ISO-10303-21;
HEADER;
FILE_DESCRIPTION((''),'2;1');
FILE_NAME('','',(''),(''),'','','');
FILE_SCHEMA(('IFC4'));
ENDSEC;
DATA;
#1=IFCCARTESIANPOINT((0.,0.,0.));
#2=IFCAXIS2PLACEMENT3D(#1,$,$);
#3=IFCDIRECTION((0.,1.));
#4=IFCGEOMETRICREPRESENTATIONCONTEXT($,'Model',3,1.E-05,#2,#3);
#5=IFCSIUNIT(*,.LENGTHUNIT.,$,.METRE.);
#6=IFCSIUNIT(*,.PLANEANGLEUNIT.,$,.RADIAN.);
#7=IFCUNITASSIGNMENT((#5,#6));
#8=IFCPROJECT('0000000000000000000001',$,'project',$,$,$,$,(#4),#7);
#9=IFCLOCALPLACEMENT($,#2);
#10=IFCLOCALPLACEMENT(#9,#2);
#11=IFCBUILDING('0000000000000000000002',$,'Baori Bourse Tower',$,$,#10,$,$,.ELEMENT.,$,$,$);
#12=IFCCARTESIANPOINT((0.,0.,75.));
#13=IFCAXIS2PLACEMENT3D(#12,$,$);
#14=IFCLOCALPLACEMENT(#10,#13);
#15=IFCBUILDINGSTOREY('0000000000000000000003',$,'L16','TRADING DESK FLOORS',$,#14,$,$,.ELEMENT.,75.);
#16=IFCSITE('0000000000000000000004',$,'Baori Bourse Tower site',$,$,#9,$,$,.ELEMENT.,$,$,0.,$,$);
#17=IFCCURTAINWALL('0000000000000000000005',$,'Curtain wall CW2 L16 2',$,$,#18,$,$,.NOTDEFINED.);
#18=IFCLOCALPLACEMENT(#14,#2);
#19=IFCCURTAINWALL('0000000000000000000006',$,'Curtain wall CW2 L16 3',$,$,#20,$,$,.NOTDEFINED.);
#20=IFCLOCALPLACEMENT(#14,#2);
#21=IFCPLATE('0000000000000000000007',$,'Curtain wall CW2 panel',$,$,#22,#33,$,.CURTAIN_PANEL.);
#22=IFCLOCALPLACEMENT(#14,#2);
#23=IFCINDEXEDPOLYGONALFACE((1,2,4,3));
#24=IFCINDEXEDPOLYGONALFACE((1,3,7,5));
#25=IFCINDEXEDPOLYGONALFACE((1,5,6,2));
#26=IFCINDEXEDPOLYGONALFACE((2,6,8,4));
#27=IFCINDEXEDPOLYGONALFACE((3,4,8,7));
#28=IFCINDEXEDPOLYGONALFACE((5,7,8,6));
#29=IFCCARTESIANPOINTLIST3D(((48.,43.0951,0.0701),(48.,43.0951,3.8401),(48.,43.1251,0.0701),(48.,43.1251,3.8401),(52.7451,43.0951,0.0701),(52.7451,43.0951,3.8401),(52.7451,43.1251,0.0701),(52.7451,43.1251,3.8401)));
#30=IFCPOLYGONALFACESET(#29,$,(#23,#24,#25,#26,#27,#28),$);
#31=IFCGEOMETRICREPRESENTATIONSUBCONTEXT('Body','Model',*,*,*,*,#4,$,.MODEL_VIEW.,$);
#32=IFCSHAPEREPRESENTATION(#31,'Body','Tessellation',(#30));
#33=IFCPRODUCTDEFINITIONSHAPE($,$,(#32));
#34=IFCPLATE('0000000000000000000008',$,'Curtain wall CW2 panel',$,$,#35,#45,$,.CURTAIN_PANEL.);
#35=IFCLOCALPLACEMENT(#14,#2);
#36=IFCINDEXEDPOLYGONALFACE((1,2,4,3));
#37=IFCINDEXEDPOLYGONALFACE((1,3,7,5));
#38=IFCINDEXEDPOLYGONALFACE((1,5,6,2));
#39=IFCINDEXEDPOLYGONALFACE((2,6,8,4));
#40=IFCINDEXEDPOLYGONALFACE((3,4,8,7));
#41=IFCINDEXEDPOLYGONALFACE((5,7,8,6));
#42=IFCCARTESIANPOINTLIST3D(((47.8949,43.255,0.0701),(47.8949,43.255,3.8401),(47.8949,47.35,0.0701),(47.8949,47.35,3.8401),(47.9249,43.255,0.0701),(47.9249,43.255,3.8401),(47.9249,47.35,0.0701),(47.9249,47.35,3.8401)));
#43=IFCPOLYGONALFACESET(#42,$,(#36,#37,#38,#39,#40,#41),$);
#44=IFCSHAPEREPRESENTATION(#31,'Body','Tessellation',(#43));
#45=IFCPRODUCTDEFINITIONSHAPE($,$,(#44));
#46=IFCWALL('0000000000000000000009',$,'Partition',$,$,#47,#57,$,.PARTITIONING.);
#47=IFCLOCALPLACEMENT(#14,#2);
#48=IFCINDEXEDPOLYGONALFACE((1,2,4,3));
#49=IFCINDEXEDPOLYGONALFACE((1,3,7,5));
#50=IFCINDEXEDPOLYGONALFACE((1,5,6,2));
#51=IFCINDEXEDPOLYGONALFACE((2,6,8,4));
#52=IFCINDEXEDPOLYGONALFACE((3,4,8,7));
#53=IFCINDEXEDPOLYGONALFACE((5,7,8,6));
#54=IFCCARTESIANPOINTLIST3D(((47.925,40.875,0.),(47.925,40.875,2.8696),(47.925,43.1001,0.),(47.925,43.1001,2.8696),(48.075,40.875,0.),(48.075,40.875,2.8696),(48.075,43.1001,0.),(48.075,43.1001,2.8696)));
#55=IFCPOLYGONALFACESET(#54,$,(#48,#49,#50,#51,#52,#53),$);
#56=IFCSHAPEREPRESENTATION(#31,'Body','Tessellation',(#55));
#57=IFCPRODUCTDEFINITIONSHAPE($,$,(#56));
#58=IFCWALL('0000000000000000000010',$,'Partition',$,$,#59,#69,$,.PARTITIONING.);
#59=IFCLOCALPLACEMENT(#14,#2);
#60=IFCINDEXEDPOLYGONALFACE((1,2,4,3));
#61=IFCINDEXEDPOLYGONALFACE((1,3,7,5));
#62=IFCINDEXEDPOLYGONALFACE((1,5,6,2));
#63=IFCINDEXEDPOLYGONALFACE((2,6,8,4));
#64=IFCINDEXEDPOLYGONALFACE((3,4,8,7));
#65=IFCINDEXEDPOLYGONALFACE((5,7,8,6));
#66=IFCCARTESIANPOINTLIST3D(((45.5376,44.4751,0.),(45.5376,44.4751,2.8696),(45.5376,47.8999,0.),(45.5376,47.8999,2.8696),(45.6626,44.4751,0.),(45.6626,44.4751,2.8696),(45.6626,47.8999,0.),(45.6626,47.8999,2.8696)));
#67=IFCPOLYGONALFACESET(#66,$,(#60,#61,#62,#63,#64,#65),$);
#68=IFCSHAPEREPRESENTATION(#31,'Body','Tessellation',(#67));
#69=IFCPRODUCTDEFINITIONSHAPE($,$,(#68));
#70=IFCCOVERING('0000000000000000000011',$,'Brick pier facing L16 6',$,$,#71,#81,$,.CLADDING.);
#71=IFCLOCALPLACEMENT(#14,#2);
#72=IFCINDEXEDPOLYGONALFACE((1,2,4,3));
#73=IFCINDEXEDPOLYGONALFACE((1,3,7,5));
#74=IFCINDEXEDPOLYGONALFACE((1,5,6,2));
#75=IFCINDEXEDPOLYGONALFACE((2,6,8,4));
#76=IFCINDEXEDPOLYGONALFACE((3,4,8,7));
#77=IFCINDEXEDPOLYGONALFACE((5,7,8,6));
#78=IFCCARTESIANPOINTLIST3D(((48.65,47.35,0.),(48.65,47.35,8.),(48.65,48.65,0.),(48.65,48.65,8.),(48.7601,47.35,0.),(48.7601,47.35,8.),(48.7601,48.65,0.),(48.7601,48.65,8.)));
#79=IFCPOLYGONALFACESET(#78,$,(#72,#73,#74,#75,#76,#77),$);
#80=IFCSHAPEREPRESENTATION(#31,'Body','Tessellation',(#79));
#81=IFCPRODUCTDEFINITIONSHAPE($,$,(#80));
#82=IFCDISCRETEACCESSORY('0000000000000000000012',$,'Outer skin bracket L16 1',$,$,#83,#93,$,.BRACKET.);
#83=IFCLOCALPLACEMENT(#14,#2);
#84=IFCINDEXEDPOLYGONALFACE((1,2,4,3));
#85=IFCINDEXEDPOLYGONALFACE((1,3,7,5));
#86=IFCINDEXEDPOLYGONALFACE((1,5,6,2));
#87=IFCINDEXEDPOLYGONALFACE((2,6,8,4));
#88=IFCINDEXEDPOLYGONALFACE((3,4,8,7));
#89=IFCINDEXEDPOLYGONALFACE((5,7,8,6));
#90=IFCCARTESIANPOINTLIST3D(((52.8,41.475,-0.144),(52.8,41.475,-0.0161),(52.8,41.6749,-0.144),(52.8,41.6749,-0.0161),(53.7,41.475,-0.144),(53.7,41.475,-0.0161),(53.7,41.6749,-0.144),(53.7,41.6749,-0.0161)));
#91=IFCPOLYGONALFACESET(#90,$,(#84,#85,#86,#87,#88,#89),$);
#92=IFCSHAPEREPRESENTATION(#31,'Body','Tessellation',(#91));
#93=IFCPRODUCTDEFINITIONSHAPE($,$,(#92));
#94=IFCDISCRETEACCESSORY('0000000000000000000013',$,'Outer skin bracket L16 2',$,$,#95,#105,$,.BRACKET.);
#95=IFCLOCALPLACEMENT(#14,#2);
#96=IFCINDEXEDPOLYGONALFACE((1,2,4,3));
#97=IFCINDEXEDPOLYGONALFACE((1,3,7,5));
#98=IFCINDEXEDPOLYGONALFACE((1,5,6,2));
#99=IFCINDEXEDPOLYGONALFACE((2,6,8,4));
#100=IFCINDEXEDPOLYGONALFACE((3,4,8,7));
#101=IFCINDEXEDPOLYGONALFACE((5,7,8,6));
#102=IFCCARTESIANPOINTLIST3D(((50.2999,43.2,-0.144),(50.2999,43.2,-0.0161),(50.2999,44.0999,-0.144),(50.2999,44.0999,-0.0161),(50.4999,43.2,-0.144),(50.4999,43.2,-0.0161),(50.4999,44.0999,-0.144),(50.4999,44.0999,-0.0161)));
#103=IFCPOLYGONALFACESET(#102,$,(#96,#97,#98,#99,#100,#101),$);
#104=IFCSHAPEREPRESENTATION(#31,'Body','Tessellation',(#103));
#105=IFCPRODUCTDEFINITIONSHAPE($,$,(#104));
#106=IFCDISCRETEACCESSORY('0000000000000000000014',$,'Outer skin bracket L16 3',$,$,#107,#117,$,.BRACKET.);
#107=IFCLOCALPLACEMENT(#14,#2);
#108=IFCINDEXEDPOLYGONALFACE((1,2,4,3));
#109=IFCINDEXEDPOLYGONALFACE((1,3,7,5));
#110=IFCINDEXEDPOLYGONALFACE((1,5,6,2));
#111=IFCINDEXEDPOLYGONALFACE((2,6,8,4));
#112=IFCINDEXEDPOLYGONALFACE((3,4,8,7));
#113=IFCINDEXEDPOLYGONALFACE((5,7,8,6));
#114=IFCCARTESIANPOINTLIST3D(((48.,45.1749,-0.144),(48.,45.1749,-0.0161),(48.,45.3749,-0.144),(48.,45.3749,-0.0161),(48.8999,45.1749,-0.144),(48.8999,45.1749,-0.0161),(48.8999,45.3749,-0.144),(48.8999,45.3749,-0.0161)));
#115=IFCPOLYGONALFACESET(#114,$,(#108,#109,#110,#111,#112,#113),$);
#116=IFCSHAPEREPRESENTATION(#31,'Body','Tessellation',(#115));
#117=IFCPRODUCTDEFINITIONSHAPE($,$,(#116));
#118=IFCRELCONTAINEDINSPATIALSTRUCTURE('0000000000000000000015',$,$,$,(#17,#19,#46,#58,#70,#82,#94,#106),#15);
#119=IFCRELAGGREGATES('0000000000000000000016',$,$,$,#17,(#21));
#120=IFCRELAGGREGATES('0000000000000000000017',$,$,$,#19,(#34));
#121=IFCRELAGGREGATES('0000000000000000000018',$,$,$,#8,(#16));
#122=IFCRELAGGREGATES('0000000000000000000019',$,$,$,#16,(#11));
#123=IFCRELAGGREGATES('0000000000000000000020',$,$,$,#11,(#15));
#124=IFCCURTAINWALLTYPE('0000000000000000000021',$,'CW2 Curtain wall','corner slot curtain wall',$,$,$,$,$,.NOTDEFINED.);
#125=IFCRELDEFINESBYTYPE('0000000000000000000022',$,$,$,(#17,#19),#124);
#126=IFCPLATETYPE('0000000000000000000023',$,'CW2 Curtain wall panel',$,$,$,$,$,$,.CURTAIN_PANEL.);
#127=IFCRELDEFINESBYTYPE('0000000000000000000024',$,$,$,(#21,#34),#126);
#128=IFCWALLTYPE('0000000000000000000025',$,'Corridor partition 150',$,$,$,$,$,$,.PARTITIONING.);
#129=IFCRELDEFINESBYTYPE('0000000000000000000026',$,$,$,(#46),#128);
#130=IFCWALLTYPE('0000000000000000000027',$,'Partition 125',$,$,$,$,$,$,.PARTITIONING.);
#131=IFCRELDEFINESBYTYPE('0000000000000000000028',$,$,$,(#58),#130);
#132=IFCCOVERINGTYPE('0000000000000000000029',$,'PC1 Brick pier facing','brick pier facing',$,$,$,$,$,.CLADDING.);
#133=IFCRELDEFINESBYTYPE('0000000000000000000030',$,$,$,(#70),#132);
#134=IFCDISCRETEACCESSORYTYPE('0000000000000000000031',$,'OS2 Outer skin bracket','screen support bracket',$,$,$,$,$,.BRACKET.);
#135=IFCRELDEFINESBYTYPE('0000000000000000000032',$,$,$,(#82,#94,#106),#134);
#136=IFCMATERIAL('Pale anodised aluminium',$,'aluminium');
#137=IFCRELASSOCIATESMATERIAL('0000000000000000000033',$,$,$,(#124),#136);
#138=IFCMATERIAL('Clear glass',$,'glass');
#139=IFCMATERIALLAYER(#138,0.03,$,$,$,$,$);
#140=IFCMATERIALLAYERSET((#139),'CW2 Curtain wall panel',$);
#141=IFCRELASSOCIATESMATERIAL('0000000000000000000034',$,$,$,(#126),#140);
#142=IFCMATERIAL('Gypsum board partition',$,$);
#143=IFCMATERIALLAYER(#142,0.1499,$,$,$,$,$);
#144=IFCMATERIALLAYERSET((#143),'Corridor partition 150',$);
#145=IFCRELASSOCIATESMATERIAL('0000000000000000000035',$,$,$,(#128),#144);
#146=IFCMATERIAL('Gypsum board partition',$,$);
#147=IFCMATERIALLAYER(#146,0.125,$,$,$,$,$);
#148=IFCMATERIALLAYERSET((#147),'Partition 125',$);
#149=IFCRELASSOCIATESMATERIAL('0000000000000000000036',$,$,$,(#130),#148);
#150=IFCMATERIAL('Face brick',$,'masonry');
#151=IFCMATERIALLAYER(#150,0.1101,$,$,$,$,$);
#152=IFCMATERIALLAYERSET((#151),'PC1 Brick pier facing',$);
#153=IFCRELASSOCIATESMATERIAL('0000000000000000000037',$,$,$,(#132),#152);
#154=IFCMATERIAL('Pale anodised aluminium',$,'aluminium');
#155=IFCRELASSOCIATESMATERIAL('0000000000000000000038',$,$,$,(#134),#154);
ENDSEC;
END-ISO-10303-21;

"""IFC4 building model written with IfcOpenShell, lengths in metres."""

from ifc_helpers import new_model, si_unit, direction, frame, frame_2d, origin, origin_2d, place, context, subcontext, project, spatial, rectangle, extrude, material, layer, layer_set, type_object, element, aggregate, save


model = new_model("IFC4")

# Units and contexts
model_context = context("Model", 3, precision=1e-05, world=origin(), true_north=direction((0.0, 1.0)))
body_context = subcontext(model_context, "Body", "Model", "MODEL_VIEW")
ifc_project = project(units=[si_unit("LENGTHUNIT", "METRE"), si_unit("PLANEANGLEUNIT", "RADIAN")], contexts=[model_context])

# Site, building, storey
site_placement = place(None, origin())
site = spatial("IfcSite", under=ifc_project, at=site_placement, Name="Baori Bourse Tower site", CompositionType="ELEMENT", RefElevation=0.0)
building_placement = place(site_placement, origin())
building = spatial("IfcBuilding", under=site, at=building_placement, Name="Baori Bourse Tower", CompositionType="ELEMENT")
storey_placement = place(building_placement, frame((0.0, 0.0, 75.0)))
storey = spatial("IfcBuildingStorey", under=building, at=storey_placement, Name="L16", Description="TRADING DESK FLOORS", CompositionType="ELEMENT", Elevation=75.0)

# Curtain walls
ifc_material_1 = material(Name="Pale anodised aluminium", Category="aluminium")
curtain_wall_type_1 = type_object("IfcCurtainWallType", Name="CW2 Curtain wall", Description="corner slot curtain wall", PredefinedType="NOTDEFINED", material=ifc_material_1)
curtain_wall_1_placement = place(storey_placement, origin())
curtain_wall_1 = element("IfcCurtainWall", 1, at=curtain_wall_1_placement, inside=storey, type_object=curtain_wall_type_1, Name="Curtain wall CW2 L16 2", PredefinedType="NOTDEFINED")
curtain_wall_2_placement = place(storey_placement, origin())
curtain_wall_2 = element("IfcCurtainWall", 2, at=curtain_wall_2_placement, inside=storey, type_object=curtain_wall_type_1, Name="Curtain wall CW2 L16 3", PredefinedType="NOTDEFINED")

# Plates
ifc_material_2 = material(Name="Clear glass", Category="glass")
ifc_layer_1 = layer(ifc_material_2, 0.03)
ifc_layer_set_1 = layer_set([ifc_layer_1], Name="CW2 Curtain wall panel")
plate_type_1 = type_object("IfcPlateType", Name="CW2 Curtain wall panel", PredefinedType="CURTAIN_PANEL", material=ifc_layer_set_1)
plate_1_placement = place(storey_placement, frame((50.3726, 43.1101, 0.0701), z_axis=(0.0, 0.0, 1.0), x_axis=(-1.0, 0.0, 0.0)))
plate_1 = element("IfcPlate", 3, at=plate_1_placement, type_object=plate_type_1, Name="Curtain wall CW2 panel", PredefinedType="CURTAIN_PANEL", context=body_context, shape_type="SweptSolid", body=[
    extrude(rectangle(XDim=4.7451, YDim=0.03, at=origin_2d()), origin(), (0.0, 0.0, 1.0), 3.77),
])
aggregate(curtain_wall_1, [plate_1])
plate_2_placement = place(storey_placement, frame((47.9099, 45.3025, 0.0701), z_axis=(0.0, 0.0, 1.0), x_axis=(0.0, 1.0, 0.0)))
plate_2 = element("IfcPlate", 4, at=plate_2_placement, type_object=plate_type_1, Name="Curtain wall CW2 panel", PredefinedType="CURTAIN_PANEL", context=body_context, shape_type="SweptSolid", body=[
    extrude(rectangle(XDim=4.095, YDim=0.03, at=origin_2d()), origin(), (0.0, 0.0, 1.0), 3.77),
])
aggregate(curtain_wall_2, [plate_2])

# Walls
ifc_material_3 = material(Name="Gypsum board partition")
ifc_layer_2 = layer(ifc_material_3, 0.1499)
ifc_layer_set_2 = layer_set([ifc_layer_2], Name="Corridor partition 150")
wall_type_1 = type_object("IfcWallType", Name="Corridor partition 150", PredefinedType="PARTITIONING", material=ifc_layer_set_2)
wall_1_placement = place(storey_placement, frame((48.0, 40.875, 0.0), z_axis=(0.0, 0.0, 1.0), x_axis=(0.0, 1.0, 0.0)))
element("IfcWall", 5, at=wall_1_placement, inside=storey, type_object=wall_type_1, Name="Partition", PredefinedType="PARTITIONING", context=body_context, shape_type="SweptSolid", body=[
    extrude(rectangle(XDim=2.2251, YDim=0.1499, at=frame_2d((1.1125, 0.0))), origin(), (0.0, 0.0, 1.0), 2.8696),
])
ifc_material_4 = material(Name="Gypsum board partition")
ifc_layer_3 = layer(ifc_material_4, 0.125)
ifc_layer_set_3 = layer_set([ifc_layer_3], Name="Partition 125")
wall_type_2 = type_object("IfcWallType", Name="Partition 125", PredefinedType="PARTITIONING", material=ifc_layer_set_3)
wall_2_placement = place(storey_placement, frame((45.6001, 44.4751, 0.0), z_axis=(0.0, 0.0, 1.0), x_axis=(0.0, 1.0, 0.0)))
element("IfcWall", 6, at=wall_2_placement, inside=storey, type_object=wall_type_2, Name="Partition", PredefinedType="PARTITIONING", context=body_context, shape_type="SweptSolid", body=[
    extrude(rectangle(XDim=3.4248, YDim=0.125, at=frame_2d((1.7124, 0.0))), origin(), (0.0, 0.0, 1.0), 2.8696),
])

# Covering
ifc_material_5 = material(Name="Face brick", Category="masonry")
ifc_layer_4 = layer(ifc_material_5, 0.1101)
ifc_layer_set_4 = layer_set([ifc_layer_4], Name="PC1 Brick pier facing")
covering_type = type_object("IfcCoveringType", Name="PC1 Brick pier facing", Description="brick pier facing", PredefinedType="CLADDING", material=ifc_layer_set_4)
covering_placement = place(storey_placement, frame((48.7051, 48.0, 0.0), z_axis=(0.0, 0.0, 1.0), x_axis=(1.0, 0.0, 0.0)))
element("IfcCovering", 7, at=covering_placement, inside=storey, type_object=covering_type, Name="Brick pier facing L16 6", PredefinedType="CLADDING", context=body_context, shape_type="SweptSolid", body=[
    extrude(rectangle(XDim=0.1101, YDim=1.3, at=origin_2d()), origin(), (0.0, 0.0, 1.0), 8.0),
])

# Discrete accessories
ifc_material_6 = material(Name="Pale anodised aluminium", Category="aluminium")
discrete_accessory_type = type_object("IfcDiscreteAccessoryType", Name="OS2 Outer skin bracket", Description="screen support bracket", PredefinedType="BRACKET", material=ifc_material_6)
for number, where, z_axis, x_axis, name in (
    (8, (53.25, 41.575, -0.144), (0.0, 0.0, 1.0), (0.0, 1.0, 0.0), "Outer skin bracket L16 1"),
    (9, (50.3999, 43.6499, -0.144), (0.0, 0.0, 1.0), (-1.0, 0.0, 0.0), "Outer skin bracket L16 2"),
    (10, (48.45, 45.2749, -0.144), (0.0, 0.0, 1.0), (0.0, 1.0, 0.0), "Outer skin bracket L16 3"),
):
    element("IfcDiscreteAccessory", number, at=place(storey_placement, frame(where, z_axis=z_axis, x_axis=x_axis)), inside=storey, type_object=discrete_accessory_type, Name=name, PredefinedType="BRACKET", context=body_context, shape_type="SweptSolid", body=[
        extrude(rectangle(XDim=0.2, YDim=0.8999, at=origin_2d()), origin(), (0.0, 0.0, 1.0), 0.1279),
    ])

save(model, "model.ifc")
